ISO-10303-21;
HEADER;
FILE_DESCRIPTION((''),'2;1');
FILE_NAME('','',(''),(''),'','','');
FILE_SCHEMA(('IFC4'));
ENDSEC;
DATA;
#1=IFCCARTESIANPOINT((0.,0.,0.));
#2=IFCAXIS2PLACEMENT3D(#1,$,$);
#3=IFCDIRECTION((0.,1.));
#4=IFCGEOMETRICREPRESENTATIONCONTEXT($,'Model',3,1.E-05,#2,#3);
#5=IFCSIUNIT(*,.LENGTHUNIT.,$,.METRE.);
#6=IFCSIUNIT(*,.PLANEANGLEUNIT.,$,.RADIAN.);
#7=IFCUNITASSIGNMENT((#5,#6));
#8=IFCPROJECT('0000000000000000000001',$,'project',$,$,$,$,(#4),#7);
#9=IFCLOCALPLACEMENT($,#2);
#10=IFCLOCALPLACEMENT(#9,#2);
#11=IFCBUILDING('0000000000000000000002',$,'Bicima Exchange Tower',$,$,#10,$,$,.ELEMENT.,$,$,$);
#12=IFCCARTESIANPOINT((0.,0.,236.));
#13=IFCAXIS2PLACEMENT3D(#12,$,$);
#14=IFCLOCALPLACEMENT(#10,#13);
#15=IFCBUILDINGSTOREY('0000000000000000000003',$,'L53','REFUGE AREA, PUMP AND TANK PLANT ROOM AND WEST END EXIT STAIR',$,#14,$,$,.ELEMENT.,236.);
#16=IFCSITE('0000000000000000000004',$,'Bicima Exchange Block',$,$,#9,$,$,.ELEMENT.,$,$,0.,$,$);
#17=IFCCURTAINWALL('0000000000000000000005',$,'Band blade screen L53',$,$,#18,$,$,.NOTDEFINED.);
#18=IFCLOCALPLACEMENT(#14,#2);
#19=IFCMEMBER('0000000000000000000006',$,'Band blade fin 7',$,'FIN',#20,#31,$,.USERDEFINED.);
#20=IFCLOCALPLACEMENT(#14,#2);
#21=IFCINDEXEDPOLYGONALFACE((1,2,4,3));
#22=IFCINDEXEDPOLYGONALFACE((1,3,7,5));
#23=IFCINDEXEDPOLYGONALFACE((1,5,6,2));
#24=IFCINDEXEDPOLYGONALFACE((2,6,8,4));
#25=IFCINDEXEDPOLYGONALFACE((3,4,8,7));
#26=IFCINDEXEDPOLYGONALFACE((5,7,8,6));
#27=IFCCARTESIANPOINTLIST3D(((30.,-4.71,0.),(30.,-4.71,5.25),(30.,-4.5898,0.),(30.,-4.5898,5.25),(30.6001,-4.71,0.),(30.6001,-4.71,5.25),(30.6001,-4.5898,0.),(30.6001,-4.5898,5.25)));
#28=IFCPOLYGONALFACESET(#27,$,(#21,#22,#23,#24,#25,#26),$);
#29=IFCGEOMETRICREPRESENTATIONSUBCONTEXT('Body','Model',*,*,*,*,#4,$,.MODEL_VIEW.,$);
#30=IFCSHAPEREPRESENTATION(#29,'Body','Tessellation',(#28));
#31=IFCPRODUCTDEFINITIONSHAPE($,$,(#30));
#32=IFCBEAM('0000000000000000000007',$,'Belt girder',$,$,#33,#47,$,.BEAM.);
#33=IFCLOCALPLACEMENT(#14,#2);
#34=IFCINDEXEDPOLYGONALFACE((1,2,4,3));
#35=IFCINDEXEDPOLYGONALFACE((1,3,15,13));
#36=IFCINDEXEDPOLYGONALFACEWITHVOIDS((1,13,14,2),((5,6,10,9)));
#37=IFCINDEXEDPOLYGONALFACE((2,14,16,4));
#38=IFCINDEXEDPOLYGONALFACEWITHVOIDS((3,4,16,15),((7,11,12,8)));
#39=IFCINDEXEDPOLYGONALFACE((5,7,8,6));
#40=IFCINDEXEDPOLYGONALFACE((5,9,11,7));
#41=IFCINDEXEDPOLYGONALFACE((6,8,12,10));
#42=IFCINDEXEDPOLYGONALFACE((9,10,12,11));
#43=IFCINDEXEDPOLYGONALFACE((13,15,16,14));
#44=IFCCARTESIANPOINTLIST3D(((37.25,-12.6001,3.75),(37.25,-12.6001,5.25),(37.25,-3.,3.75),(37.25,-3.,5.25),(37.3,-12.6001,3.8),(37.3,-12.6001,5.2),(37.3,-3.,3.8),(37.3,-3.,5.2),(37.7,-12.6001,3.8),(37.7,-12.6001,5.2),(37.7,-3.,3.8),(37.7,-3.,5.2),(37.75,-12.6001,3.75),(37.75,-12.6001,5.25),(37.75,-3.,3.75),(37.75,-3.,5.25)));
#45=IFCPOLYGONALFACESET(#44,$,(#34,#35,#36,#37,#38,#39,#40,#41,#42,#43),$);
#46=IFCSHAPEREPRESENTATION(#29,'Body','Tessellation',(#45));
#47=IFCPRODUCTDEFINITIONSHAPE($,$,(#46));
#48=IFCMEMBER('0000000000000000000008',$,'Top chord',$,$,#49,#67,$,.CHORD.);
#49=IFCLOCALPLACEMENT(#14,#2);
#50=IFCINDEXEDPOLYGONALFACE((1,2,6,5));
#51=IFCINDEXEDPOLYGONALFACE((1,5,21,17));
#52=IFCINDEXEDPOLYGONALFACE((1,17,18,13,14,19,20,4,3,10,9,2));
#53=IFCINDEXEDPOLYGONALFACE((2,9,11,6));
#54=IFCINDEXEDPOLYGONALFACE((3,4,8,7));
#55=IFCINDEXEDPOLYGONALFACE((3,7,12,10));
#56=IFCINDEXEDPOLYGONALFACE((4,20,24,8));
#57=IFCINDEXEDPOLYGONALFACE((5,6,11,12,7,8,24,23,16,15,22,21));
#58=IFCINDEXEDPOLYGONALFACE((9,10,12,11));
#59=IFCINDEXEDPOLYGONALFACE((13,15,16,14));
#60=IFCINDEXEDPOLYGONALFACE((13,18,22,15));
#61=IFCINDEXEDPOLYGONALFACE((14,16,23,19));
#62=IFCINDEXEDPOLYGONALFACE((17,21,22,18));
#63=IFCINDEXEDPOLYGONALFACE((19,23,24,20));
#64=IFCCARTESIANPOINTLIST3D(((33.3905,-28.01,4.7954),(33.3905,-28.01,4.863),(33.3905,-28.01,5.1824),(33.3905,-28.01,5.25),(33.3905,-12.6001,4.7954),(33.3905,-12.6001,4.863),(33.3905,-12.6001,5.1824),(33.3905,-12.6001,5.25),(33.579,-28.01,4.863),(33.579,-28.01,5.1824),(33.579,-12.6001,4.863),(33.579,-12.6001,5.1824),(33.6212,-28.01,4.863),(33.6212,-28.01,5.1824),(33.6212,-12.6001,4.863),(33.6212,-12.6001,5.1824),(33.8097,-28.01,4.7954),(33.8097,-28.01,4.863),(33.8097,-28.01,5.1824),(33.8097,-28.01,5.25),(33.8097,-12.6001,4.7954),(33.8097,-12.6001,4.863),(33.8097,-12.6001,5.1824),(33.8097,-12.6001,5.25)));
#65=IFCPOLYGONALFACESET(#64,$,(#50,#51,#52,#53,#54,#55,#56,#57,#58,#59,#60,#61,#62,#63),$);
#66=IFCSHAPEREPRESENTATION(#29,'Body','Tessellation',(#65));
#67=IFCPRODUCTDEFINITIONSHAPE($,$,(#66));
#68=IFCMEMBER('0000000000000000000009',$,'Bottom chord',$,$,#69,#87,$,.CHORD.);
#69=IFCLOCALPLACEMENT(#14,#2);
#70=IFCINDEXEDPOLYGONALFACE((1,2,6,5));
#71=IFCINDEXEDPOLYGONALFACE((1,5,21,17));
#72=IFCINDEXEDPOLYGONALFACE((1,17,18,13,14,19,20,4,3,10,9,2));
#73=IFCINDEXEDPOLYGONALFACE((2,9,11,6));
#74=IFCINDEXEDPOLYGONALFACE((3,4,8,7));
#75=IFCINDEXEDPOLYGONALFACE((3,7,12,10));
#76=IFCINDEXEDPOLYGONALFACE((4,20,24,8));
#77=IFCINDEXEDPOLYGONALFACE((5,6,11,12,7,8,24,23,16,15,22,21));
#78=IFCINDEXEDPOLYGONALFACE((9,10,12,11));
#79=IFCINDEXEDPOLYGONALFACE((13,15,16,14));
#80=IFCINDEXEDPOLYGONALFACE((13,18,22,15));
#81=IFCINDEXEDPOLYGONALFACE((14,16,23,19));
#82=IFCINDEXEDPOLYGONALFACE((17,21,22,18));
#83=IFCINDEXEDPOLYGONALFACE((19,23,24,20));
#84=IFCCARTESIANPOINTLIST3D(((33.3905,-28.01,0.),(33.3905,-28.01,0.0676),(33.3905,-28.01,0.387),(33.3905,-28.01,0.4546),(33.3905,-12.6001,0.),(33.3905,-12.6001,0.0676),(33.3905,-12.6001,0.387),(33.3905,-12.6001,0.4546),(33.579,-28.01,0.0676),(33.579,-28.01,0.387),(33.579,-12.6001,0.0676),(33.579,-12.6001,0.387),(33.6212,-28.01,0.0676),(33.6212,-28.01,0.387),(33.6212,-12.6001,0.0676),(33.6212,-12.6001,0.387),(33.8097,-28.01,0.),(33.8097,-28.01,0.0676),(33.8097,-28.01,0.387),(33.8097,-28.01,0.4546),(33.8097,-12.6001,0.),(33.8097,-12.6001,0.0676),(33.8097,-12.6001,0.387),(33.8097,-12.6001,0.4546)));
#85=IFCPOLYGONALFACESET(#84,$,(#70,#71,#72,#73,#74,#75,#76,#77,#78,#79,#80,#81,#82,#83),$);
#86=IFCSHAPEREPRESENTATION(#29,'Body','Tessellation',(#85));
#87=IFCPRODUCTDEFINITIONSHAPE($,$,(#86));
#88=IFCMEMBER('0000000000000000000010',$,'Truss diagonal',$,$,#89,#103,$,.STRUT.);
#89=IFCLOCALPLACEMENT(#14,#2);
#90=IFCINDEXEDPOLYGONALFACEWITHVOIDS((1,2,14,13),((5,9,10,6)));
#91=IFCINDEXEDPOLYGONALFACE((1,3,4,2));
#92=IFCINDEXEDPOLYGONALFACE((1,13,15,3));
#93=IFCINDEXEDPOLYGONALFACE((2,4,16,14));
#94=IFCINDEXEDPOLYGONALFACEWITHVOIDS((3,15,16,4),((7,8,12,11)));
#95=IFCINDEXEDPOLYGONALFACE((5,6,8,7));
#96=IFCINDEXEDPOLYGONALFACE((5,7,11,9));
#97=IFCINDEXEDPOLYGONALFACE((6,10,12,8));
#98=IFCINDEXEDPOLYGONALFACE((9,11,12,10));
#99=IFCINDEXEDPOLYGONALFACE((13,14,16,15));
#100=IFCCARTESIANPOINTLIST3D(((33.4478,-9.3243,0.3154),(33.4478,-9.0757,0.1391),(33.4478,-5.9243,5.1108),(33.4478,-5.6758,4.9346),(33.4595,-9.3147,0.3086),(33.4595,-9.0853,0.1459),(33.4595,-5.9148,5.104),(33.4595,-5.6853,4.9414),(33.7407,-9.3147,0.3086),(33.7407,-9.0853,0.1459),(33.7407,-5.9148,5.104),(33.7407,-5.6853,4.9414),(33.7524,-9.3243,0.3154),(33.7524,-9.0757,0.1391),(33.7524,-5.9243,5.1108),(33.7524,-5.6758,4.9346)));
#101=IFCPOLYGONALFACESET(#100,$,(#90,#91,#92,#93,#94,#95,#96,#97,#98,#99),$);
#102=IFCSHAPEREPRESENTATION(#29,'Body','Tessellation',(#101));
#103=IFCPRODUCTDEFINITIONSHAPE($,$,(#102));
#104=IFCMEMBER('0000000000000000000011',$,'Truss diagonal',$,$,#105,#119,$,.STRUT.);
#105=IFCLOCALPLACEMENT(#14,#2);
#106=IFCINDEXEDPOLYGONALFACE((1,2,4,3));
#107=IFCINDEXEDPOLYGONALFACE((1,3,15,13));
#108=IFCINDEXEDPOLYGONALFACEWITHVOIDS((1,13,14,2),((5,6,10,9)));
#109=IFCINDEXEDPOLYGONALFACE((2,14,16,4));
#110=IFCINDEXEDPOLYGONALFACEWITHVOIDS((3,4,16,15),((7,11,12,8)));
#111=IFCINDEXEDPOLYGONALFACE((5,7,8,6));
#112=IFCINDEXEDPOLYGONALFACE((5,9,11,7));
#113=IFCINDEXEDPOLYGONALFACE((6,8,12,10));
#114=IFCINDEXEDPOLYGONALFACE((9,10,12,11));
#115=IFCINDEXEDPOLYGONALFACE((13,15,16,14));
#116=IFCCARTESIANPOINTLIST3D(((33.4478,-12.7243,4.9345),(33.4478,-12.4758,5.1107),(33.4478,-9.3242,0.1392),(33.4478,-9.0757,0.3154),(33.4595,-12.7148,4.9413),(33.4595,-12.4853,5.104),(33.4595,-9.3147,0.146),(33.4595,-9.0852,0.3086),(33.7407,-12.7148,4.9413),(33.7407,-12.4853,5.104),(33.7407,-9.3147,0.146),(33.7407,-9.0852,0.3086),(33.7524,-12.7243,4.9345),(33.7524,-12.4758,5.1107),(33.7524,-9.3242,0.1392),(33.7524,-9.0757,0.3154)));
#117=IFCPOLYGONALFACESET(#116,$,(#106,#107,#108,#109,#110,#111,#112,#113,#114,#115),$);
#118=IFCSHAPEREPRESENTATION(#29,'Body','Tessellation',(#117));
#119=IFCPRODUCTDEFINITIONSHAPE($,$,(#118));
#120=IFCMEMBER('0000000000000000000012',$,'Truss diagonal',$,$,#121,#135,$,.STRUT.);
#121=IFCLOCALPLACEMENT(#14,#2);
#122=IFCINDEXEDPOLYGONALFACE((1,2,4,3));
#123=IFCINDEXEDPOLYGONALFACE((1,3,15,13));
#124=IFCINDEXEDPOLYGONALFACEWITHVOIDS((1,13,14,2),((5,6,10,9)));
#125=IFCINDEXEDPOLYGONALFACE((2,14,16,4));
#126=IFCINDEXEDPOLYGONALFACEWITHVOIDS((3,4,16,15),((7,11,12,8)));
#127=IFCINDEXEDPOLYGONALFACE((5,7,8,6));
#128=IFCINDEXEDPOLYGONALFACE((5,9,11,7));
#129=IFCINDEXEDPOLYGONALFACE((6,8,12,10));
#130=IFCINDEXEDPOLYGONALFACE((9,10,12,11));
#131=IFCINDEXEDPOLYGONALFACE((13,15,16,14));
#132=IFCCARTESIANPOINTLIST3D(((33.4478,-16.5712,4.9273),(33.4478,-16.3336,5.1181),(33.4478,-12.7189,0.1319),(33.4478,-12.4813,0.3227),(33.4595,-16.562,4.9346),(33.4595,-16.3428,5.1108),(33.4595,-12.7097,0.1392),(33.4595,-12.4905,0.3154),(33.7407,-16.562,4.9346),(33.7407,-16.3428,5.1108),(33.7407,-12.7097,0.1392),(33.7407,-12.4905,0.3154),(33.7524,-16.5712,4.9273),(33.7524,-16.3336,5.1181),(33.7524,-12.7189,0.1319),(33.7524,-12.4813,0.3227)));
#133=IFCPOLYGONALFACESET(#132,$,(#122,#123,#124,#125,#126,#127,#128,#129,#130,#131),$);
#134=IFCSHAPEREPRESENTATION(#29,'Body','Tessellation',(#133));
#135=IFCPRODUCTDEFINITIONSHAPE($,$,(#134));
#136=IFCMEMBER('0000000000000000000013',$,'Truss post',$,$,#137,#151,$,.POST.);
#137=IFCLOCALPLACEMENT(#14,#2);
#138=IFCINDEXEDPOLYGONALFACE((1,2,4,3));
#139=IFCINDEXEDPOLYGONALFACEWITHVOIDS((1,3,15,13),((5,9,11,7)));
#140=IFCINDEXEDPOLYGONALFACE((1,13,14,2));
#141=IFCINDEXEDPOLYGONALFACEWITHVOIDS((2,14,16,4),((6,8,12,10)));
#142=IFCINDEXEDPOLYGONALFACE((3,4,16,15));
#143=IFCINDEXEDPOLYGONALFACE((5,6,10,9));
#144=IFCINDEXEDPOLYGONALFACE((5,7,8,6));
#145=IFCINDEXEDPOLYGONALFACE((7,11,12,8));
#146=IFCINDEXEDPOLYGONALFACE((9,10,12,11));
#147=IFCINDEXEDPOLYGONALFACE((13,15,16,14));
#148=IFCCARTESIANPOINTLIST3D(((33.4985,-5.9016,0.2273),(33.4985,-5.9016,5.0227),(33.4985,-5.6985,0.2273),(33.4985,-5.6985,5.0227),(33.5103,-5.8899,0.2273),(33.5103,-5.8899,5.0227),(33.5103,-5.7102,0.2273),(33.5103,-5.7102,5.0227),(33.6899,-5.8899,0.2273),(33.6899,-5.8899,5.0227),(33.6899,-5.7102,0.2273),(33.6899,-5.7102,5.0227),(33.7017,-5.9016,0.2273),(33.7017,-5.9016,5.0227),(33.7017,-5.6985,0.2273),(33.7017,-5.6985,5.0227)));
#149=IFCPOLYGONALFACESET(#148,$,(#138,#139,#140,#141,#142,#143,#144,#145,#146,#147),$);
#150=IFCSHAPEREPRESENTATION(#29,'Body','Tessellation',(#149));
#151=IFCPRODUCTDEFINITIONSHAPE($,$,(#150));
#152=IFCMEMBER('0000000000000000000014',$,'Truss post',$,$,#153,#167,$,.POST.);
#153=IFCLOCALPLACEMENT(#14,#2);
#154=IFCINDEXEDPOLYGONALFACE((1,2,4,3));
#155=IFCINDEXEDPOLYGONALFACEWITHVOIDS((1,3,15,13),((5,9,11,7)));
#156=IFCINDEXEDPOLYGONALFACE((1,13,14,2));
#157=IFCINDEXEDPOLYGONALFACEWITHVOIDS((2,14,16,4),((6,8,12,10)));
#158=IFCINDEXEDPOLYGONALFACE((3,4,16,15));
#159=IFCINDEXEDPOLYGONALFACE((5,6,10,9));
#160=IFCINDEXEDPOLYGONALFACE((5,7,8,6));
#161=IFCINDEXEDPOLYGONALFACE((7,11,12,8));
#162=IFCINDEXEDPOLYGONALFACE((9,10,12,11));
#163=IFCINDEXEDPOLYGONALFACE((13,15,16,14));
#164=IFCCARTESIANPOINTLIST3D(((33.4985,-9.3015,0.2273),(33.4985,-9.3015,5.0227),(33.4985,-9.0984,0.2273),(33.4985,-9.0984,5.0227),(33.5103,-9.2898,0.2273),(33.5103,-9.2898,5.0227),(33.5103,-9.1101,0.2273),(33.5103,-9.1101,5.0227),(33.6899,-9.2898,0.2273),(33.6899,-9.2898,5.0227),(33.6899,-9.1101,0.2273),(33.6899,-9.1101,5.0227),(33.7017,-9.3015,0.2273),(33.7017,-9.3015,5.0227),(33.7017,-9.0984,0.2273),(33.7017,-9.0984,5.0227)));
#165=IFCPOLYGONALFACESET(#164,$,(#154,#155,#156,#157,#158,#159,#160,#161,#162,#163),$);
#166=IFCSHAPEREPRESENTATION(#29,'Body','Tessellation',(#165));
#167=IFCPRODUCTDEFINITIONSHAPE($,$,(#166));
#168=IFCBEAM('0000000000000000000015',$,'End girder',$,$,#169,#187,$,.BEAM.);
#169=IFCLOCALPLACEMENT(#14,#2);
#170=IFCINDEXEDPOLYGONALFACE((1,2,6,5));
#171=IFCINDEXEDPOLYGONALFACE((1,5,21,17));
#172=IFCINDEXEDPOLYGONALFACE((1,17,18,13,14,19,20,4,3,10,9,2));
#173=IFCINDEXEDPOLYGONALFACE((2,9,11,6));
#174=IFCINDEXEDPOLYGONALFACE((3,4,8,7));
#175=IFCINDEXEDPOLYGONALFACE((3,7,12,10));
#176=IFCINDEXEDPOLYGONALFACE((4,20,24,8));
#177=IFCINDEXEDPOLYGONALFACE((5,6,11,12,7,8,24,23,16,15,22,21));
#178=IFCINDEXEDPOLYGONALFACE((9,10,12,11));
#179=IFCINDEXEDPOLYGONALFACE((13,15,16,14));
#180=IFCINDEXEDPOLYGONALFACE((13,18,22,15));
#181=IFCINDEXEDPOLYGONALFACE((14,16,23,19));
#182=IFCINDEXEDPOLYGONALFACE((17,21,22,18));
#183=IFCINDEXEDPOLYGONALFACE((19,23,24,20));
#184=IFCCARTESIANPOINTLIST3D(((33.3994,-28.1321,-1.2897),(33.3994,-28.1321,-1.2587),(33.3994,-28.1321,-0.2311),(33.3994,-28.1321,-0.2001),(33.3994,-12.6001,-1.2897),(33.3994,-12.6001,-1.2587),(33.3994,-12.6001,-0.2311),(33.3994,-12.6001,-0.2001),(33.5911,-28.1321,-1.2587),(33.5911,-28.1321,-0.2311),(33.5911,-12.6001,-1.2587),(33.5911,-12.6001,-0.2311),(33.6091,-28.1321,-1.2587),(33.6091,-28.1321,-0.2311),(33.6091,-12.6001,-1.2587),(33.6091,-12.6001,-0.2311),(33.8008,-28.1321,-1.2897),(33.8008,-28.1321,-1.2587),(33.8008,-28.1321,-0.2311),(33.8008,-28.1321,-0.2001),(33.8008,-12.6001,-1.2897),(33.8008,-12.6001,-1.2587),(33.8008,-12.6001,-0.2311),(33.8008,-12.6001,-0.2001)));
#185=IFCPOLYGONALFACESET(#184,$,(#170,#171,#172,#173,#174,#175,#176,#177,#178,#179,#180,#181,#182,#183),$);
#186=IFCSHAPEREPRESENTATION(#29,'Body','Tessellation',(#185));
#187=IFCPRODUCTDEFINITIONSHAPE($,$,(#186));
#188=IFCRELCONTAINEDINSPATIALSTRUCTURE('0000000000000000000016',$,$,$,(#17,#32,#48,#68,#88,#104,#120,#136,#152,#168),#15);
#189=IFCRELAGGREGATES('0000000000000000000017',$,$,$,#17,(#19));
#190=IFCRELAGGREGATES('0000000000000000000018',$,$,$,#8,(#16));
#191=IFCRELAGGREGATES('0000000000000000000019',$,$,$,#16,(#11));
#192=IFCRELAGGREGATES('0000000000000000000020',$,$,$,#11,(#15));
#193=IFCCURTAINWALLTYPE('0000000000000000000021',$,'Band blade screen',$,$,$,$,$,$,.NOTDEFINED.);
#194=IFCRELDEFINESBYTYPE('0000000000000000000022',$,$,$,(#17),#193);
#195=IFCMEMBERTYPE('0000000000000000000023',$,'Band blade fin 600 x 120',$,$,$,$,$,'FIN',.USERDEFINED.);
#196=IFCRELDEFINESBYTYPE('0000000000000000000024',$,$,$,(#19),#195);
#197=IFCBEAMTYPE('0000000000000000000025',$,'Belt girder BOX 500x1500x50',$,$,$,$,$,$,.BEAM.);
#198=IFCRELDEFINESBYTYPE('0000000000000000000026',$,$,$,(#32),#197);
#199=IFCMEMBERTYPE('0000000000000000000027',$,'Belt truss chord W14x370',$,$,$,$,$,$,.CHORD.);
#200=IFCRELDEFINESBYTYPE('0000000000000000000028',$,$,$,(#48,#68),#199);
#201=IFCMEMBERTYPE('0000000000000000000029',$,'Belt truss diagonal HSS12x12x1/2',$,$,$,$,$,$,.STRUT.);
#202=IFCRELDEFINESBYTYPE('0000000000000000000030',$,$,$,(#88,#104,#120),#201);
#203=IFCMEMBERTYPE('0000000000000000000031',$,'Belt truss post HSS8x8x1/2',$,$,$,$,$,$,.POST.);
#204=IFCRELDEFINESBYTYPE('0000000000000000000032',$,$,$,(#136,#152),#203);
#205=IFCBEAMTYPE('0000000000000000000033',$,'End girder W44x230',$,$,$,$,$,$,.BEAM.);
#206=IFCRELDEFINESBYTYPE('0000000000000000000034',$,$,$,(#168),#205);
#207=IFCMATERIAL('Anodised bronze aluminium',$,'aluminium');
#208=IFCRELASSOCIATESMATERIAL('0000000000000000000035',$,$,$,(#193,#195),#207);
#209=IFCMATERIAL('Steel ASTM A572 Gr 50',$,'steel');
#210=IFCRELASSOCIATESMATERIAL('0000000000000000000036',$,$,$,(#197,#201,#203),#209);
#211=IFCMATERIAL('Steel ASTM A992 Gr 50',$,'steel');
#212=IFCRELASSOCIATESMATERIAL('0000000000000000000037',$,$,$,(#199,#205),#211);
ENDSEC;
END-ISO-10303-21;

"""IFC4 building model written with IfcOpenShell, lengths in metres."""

from ifc_helpers import new_model, si_unit, direction, frame, origin, origin_2d, place, context, subcontext, project, spatial, rectangle, hollow_rectangle, i_section, extrude, material, material_profile, profile_set, type_object, element, aggregate, save


model = new_model("IFC4")

# Units and contexts
model_context = context("Model", 3, precision=1e-05, world=origin(), true_north=direction((0.0, 1.0)))
body_context = subcontext(model_context, "Body", "Model", "MODEL_VIEW")
ifc_project = project(units=[si_unit("LENGTHUNIT", "METRE"), si_unit("PLANEANGLEUNIT", "RADIAN")], contexts=[model_context])

# Site, building, storey
site_placement = place(None, origin())
site = spatial("IfcSite", under=ifc_project, at=site_placement, Name="Bicima Exchange Block", CompositionType="ELEMENT", RefElevation=0.0)
building_placement = place(site_placement, origin())
building = spatial("IfcBuilding", under=site, at=building_placement, Name="Bicima Exchange Tower", CompositionType="ELEMENT")
storey_placement = place(building_placement, frame((0.0, 0.0, 236.0)))
storey = spatial("IfcBuildingStorey", under=building, at=storey_placement, Name="L53", Description="REFUGE AREA, PUMP AND TANK PLANT ROOM AND WEST END EXIT STAIR", CompositionType="ELEMENT", Elevation=236.0)

# Curtain wall, member
ifc_material_1 = material(Name="Anodised bronze aluminium", Category="aluminium")
curtain_wall_type = type_object("IfcCurtainWallType", Name="Band blade screen", PredefinedType="NOTDEFINED", material=ifc_material_1)
curtain_wall_placement = place(storey_placement, origin())
curtain_wall = element("IfcCurtainWall", 1, at=curtain_wall_placement, inside=storey, type_object=curtain_wall_type, Name="Band blade screen L53", PredefinedType="NOTDEFINED")
ifc_material_profile_1 = material_profile(ifc_material_1, rectangle(XDim=0.6001, YDim=0.1201, at=origin_2d()))
ifc_profile_set_1 = profile_set([ifc_material_profile_1], Name="Anodised bronze aluminium")
member_type_1 = type_object("IfcMemberType", Name="Band blade fin 600 x 120", ElementType="FIN", PredefinedType="USERDEFINED", material=ifc_profile_set_1)
member_1_placement = place(storey_placement, frame((30.3, -4.6499, 0.0), z_axis=(0.0, 0.0, 1.0), x_axis=(-1.0, 0.0, 0.0)))
member_1 = element("IfcMember", 2, at=member_1_placement, type_object=member_type_1, Name="Band blade fin 7", ObjectType="FIN", PredefinedType="USERDEFINED", context=body_context, shape_type="SweptSolid", body=[
    extrude(rectangle(XDim=0.6001, YDim=0.1201, at=origin_2d()), origin(), (0.0, 0.0, 1.0), 5.25),
])
aggregate(curtain_wall, [member_1])

# Beam
ifc_material_2 = material(Name="Steel ASTM A572 Gr 50", Category="steel")
ifc_material_profile_2 = material_profile(ifc_material_2, hollow_rectangle(XDim=0.5, YDim=1.5, WallThickness=0.05, at=origin_2d()))
ifc_profile_set_2 = profile_set([ifc_material_profile_2], Name="Steel ASTM A572 Gr 50")
beam_type_1 = type_object("IfcBeamType", Name="Belt girder BOX 500x1500x50", PredefinedType="BEAM", material=ifc_profile_set_2)
beam_1_placement = place(storey_placement, frame((37.5, -12.6001, 4.5), z_axis=(0.0, 1.0, 0.0), x_axis=(-1.0, 0.0, 0.0)))
element("IfcBeam", 3, at=beam_1_placement, inside=storey, type_object=beam_type_1, Name="Belt girder", PredefinedType="BEAM", context=body_context, shape_type="SweptSolid", body=[
    extrude(hollow_rectangle(XDim=0.5, YDim=1.5, WallThickness=0.05, at=origin_2d()), origin(), (0.0, 0.0, 1.0), 9.6001),
])

# Members
ifc_material_3 = material(Name="Steel ASTM A992 Gr 50", Category="steel")
ifc_material_profile_3 = material_profile(ifc_material_3, i_section(OverallWidth=0.4192, OverallDepth=0.4546, WebThickness=0.0422, FlangeThickness=0.0676, at=origin_2d()))
ifc_profile_set_3 = profile_set([ifc_material_profile_3], Name="Steel ASTM A992 Gr 50")
member_type_2 = type_object("IfcMemberType", Name="Belt truss chord W14x370", PredefinedType="CHORD", material=ifc_profile_set_3)
for number, where, z_axis, x_axis, name in (
    (4, (33.6001, -12.6001, 5.0227), (0.0, -1.0, 0.0), (1.0, 0.0, 0.0), "Top chord"),
    (5, (33.6001, -12.6001, 0.2273), (0.0, -1.0, 0.0), (1.0, 0.0, 0.0), "Bottom chord"),
):
    element("IfcMember", number, at=place(storey_placement, frame(where, z_axis=z_axis, x_axis=x_axis)), inside=storey, type_object=member_type_2, Name=name, PredefinedType="CHORD", context=body_context, shape_type="SweptSolid", body=[
        extrude(i_section(OverallWidth=0.4192, OverallDepth=0.4546, WebThickness=0.0422, FlangeThickness=0.0676, at=origin_2d()), origin(), (0.0, 0.0, 1.0), 15.4099),
    ])
ifc_material_profile_4 = material_profile(ifc_material_2, hollow_rectangle(XDim=0.3047, YDim=0.3047, WallThickness=0.0117, at=origin_2d()))
ifc_profile_set_4 = profile_set([ifc_material_profile_4], Name="Steel ASTM A572 Gr 50")
member_type_3 = type_object("IfcMemberType", Name="Belt truss diagonal HSS12x12x1/2", PredefinedType="STRUT", material=ifc_profile_set_4)
for number, where, z_axis, x_axis, name in (
    (6, (33.6001, -5.8, 5.0227), (0.0, -0.578375, -0.815771), (1.0, 0.0, 0.0), "Truss diagonal"),
    (7, (33.6001, -9.2, 0.2273), (0.0, -0.578402, 0.815752), (1.0, 0.0, 0.0), "Truss diagonal"),
):
    element("IfcMember", number, at=place(storey_placement, frame(where, z_axis=z_axis, x_axis=x_axis)), inside=storey, type_object=member_type_3, Name=name, PredefinedType="STRUT", context=body_context, shape_type="SweptSolid", body=[
        extrude(hollow_rectangle(XDim=0.3047, YDim=0.3047, WallThickness=0.0117, at=origin_2d()), origin(), (0.0, 0.0, 1.0), 5.8784),
    ])
member_2_placement = place(storey_placement, frame((33.6001, -12.6001, 0.2273), z_axis=(0.0, -0.626277, 0.779601), x_axis=(1.0, 0.0, 0.0)))
element("IfcMember", 8, at=member_2_placement, inside=storey, type_object=member_type_3, Name="Truss diagonal", PredefinedType="STRUT", context=body_context, shape_type="SweptSolid", body=[
    extrude(hollow_rectangle(XDim=0.3047, YDim=0.3047, WallThickness=0.0117, at=origin_2d()), origin(), (0.0, 0.0, 1.0), 6.1511),
])
ifc_material_profile_5 = material_profile(ifc_material_2, hollow_rectangle(XDim=0.2031, YDim=0.2031, WallThickness=0.0117, at=origin_2d()))
ifc_profile_set_5 = profile_set([ifc_material_profile_5], Name="Steel ASTM A572 Gr 50")
member_type_4 = type_object("IfcMemberType", Name="Belt truss post HSS8x8x1/2", PredefinedType="POST", material=ifc_profile_set_5)
for number, where, z_axis, x_axis, name in (
    (9, (33.6001, -5.8, 0.2273), (0.0, 0.0, 1.0), (1.0, 0.0, 0.0), "Truss post"),
    (10, (33.6001, -9.2, 0.2273), (0.0, 0.0, 1.0), (1.0, 0.0, 0.0), "Truss post"),
):
    element("IfcMember", number, at=place(storey_placement, frame(where, z_axis=z_axis, x_axis=x_axis)), inside=storey, type_object=member_type_4, Name=name, PredefinedType="POST", context=body_context, shape_type="SweptSolid", body=[
        extrude(hollow_rectangle(XDim=0.2031, YDim=0.2031, WallThickness=0.0117, at=origin_2d()), origin(), (0.0, 0.0, 1.0), 4.7954),
    ])

# Beam
ifc_material_profile_6 = material_profile(ifc_material_3, i_section(OverallWidth=0.4014, OverallDepth=1.0896, WebThickness=0.0181, FlangeThickness=0.031, at=origin_2d()))
ifc_profile_set_6 = profile_set([ifc_material_profile_6], Name="Steel ASTM A992 Gr 50")
beam_type_2 = type_object("IfcBeamType", Name="End girder W44x230", PredefinedType="BEAM", material=ifc_profile_set_6)
beam_2_placement = place(storey_placement, frame((33.6001, -12.6001, -0.7449), z_axis=(0.0, -1.0, 0.0), x_axis=(1.0, 0.0, 0.0)))
element("IfcBeam", 11, at=beam_2_placement, inside=storey, type_object=beam_type_2, Name="End girder", PredefinedType="BEAM", context=body_context, shape_type="SweptSolid", body=[
    extrude(i_section(OverallWidth=0.4014, OverallDepth=1.0896, WebThickness=0.0181, FlangeThickness=0.031, at=origin_2d()), origin(), (0.0, 0.0, 1.0), 15.532),
])

save(model, "model.ifc")
